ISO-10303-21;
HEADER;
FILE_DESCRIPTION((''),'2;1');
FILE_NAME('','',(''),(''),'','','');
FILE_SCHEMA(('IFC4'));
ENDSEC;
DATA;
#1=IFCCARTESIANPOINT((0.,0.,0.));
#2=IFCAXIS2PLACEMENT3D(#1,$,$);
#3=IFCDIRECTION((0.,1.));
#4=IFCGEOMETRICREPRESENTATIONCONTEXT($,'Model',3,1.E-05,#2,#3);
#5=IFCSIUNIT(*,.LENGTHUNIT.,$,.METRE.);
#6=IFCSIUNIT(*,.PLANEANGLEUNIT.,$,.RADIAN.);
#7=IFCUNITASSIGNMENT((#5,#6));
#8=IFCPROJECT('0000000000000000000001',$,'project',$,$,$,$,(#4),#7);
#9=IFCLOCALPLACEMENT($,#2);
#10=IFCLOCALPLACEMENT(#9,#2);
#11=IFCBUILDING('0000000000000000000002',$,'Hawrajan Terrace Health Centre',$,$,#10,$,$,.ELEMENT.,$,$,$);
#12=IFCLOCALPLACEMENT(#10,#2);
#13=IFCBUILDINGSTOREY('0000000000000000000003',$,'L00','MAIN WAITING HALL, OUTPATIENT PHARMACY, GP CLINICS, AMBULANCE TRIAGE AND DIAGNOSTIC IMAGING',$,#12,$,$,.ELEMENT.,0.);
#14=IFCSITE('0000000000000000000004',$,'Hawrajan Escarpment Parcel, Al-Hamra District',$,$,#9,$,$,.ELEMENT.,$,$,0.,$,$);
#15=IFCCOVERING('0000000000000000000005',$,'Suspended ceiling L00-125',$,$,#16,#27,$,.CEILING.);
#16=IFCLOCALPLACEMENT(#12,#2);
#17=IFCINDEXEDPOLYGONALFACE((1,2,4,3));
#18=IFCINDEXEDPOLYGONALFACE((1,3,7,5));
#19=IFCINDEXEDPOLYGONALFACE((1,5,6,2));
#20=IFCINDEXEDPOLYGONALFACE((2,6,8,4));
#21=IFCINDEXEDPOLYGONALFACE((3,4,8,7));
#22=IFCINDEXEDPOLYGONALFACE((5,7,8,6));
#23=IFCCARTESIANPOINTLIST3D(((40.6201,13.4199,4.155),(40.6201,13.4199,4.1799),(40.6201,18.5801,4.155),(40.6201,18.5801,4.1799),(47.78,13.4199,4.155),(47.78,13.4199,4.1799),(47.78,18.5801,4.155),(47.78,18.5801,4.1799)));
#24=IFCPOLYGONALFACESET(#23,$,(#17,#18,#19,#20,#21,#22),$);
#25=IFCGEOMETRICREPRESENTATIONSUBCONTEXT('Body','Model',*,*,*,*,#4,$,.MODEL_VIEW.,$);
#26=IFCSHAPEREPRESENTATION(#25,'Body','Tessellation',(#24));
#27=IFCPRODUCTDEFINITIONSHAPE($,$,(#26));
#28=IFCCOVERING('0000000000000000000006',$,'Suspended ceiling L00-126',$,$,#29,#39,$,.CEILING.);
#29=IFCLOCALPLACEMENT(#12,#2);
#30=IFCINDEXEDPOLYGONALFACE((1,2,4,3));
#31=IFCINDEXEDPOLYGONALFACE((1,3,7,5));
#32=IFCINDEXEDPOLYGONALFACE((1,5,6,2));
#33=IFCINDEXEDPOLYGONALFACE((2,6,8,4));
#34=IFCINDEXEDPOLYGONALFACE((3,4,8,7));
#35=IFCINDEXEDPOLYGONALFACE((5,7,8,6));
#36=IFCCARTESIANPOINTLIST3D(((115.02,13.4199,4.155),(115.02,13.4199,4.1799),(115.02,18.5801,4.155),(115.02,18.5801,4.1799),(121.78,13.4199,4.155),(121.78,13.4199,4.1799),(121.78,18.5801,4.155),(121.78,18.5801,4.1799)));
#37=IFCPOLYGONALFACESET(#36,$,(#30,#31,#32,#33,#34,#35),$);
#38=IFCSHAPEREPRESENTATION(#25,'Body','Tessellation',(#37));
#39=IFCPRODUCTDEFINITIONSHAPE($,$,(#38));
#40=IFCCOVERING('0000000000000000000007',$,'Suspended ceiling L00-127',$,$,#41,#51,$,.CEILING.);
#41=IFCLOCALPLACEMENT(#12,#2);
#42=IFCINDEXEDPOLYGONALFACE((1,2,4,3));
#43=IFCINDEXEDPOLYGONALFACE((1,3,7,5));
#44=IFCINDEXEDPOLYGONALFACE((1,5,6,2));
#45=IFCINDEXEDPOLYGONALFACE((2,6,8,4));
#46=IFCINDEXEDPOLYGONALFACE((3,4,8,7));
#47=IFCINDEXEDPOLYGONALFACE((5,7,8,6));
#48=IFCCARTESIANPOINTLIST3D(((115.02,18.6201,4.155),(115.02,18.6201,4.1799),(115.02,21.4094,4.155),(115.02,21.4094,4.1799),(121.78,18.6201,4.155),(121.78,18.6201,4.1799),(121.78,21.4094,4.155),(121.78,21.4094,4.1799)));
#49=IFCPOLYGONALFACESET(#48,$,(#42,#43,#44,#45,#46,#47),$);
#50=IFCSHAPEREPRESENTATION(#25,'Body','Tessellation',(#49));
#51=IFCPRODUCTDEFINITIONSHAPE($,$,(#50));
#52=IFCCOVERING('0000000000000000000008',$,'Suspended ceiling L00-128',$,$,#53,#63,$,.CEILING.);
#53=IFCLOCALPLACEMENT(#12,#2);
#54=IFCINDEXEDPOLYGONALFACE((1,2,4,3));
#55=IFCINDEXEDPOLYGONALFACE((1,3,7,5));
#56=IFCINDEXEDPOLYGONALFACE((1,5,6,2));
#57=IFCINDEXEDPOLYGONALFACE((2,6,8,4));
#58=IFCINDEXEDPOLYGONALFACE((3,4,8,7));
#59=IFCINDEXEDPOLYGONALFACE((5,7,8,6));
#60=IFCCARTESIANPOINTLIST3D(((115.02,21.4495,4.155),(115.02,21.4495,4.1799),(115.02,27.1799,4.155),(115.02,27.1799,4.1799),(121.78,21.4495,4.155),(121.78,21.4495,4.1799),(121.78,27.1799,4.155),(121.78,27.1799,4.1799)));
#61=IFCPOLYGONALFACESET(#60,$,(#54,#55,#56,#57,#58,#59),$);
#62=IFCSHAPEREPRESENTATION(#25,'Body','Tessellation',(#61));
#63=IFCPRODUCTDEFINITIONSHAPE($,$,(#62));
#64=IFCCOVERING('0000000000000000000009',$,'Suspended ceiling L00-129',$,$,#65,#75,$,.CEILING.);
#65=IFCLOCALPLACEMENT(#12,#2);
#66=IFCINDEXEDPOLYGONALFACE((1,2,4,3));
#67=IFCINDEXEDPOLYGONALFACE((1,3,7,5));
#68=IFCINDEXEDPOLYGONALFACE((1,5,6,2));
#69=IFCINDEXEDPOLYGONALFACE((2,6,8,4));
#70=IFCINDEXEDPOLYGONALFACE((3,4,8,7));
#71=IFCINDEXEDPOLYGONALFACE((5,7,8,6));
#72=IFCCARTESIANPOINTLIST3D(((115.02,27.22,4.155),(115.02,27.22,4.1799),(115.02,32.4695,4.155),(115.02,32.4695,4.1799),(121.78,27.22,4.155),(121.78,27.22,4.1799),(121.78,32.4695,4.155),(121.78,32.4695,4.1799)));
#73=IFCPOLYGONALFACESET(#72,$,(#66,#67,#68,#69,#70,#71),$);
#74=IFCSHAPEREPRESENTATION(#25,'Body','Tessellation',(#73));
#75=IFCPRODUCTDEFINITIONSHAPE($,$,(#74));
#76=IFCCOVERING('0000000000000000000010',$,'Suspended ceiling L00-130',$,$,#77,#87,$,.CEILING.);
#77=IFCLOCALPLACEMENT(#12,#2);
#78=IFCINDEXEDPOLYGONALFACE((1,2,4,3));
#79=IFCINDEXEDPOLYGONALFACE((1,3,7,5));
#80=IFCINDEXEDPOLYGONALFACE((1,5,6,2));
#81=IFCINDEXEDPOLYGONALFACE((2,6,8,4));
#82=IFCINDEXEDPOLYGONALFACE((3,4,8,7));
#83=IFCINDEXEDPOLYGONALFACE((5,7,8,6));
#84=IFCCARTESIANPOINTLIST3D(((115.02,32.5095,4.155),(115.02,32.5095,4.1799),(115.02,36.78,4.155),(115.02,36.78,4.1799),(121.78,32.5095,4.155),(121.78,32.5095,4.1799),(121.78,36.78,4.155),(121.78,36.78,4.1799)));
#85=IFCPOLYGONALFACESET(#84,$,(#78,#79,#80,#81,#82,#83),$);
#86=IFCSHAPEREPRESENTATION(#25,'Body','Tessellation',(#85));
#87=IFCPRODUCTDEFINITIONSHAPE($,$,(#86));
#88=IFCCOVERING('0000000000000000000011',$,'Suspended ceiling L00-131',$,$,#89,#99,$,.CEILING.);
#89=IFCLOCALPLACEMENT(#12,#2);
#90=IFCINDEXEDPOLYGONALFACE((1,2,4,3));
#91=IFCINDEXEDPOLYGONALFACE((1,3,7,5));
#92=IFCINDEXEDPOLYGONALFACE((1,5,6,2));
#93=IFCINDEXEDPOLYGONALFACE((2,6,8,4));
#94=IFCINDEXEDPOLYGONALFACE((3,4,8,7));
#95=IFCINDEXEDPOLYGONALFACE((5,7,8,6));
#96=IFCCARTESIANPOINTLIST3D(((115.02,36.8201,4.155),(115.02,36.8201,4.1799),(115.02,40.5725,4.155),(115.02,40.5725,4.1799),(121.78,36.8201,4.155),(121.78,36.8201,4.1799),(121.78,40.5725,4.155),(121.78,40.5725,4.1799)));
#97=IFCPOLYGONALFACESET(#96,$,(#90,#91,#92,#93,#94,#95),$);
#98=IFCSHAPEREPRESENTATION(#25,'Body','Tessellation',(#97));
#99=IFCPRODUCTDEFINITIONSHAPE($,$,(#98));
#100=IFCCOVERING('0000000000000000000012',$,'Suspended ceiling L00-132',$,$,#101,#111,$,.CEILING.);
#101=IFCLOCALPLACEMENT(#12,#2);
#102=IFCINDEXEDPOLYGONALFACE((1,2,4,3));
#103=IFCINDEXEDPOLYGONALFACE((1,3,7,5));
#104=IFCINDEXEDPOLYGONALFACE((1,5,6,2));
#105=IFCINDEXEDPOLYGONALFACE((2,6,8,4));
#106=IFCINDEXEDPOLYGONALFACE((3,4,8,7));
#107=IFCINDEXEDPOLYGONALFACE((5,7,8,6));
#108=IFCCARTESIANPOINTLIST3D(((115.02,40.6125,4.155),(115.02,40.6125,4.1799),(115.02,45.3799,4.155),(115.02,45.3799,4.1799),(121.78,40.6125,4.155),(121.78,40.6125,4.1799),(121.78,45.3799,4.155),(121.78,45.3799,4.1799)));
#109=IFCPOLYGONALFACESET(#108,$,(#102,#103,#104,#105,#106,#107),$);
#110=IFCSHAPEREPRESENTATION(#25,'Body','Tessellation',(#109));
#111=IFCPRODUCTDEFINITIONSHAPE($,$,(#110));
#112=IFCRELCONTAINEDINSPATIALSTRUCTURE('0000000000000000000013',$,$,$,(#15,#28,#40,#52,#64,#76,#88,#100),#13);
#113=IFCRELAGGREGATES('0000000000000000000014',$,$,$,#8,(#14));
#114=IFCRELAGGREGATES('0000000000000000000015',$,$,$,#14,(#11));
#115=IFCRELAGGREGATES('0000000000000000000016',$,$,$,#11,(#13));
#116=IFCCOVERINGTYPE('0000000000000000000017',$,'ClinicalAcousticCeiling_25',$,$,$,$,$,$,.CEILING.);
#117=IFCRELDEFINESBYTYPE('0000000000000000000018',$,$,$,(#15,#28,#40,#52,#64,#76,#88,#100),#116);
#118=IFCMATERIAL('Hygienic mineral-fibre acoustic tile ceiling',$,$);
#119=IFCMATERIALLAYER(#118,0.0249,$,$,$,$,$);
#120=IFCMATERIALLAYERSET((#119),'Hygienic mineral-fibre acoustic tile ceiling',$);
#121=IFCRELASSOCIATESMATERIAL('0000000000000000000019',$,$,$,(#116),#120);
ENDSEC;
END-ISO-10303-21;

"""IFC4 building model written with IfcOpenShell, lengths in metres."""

from ifc_helpers import new_model, si_unit, direction, frame, origin, place, context, subcontext, project, spatial, polyline, outline, extrude, material, layer, layer_set, type_object, element, save


model = new_model("IFC4")

# Units and contexts
model_context = context("Model", 3, precision=1e-05, world=origin(), true_north=direction((0.0, 1.0)))
body_context = subcontext(model_context, "Body", "Model", "MODEL_VIEW")
ifc_project = project(units=[si_unit("LENGTHUNIT", "METRE"), si_unit("PLANEANGLEUNIT", "RADIAN")], contexts=[model_context])

# Site, building, storey
site_placement = place(None, origin())
site = spatial("IfcSite", under=ifc_project, at=site_placement, Name="Hawrajan Escarpment Parcel, Al-Hamra District", CompositionType="ELEMENT", RefElevation=0.0)
building_placement = place(site_placement, origin())
building = spatial("IfcBuilding", under=site, at=building_placement, Name="Hawrajan Terrace Health Centre", CompositionType="ELEMENT")
storey_placement = place(building_placement, origin())
storey = spatial("IfcBuildingStorey", under=building, at=storey_placement, Name="L00", Description="MAIN WAITING HALL, OUTPATIENT PHARMACY, GP CLINICS, AMBULANCE TRIAGE AND DIAGNOSTIC IMAGING", CompositionType="ELEMENT", Elevation=0.0)

# Coverings
ifc_material = material(Name="Hygienic mineral-fibre acoustic tile ceiling")
ifc_layer = layer(ifc_material, 0.0249)
ifc_layer_set = layer_set([ifc_layer], Name="Hygienic mineral-fibre acoustic tile ceiling")
covering_type = type_object("IfcCoveringType", Name="ClinicalAcousticCeiling_25", PredefinedType="CEILING", material=ifc_layer_set)
covering_1_placement = place(storey_placement, frame((0.0, 0.0, 4.155)))
element("IfcCovering", 1, at=covering_1_placement, inside=storey, type_object=covering_type, Name="Suspended ceiling L00-125", PredefinedType="CEILING", context=body_context, shape_type="SweptSolid", body=[
    extrude(outline(polyline([(40.6201, 18.5801), (47.78, 18.5801), (47.78, 13.4199), (40.6201, 13.4199), (40.6201, 18.5801)])), origin(), (0.0, 0.0, 1.0), 0.0249),
])
covering_2_placement = place(storey_placement, frame((0.0, 0.0, 4.155)))
element("IfcCovering", 2, at=covering_2_placement, inside=storey, type_object=covering_type, Name="Suspended ceiling L00-126", PredefinedType="CEILING", context=body_context, shape_type="SweptSolid", body=[
    extrude(outline(polyline([(115.02, 18.5801), (121.78, 18.5801), (121.78, 13.4199), (115.02, 13.4199), (115.02, 18.5801)])), origin(), (0.0, 0.0, 1.0), 0.0249),
])
covering_3_placement = place(storey_placement, frame((0.0, 0.0, 4.155)))
element("IfcCovering", 3, at=covering_3_placement, inside=storey, type_object=covering_type, Name="Suspended ceiling L00-127", PredefinedType="CEILING", context=body_context, shape_type="SweptSolid", body=[
    extrude(outline(polyline([(115.02, 21.4094), (121.78, 21.4094), (121.78, 18.6201), (115.02, 18.6201), (115.02, 21.4094)])), origin(), (0.0, 0.0, 1.0), 0.0249),
])
covering_4_placement = place(storey_placement, frame((0.0, 0.0, 4.155)))
element("IfcCovering", 4, at=covering_4_placement, inside=storey, type_object=covering_type, Name="Suspended ceiling L00-128", PredefinedType="CEILING", context=body_context, shape_type="SweptSolid", body=[
    extrude(outline(polyline([(115.02, 27.1799), (121.78, 27.1799), (121.78, 21.4495), (115.02, 21.4495), (115.02, 27.1799)])), origin(), (0.0, 0.0, 1.0), 0.0249),
])
covering_5_placement = place(storey_placement, frame((0.0, 0.0, 4.155)))
element("IfcCovering", 5, at=covering_5_placement, inside=storey, type_object=covering_type, Name="Suspended ceiling L00-129", PredefinedType="CEILING", context=body_context, shape_type="SweptSolid", body=[
    extrude(outline(polyline([(115.02, 32.4695), (121.78, 32.4695), (121.78, 27.22), (115.02, 27.22), (115.02, 32.4695)])), origin(), (0.0, 0.0, 1.0), 0.0249),
])
covering_6_placement = place(storey_placement, frame((0.0, 0.0, 4.155)))
element("IfcCovering", 6, at=covering_6_placement, inside=storey, type_object=covering_type, Name="Suspended ceiling L00-130", PredefinedType="CEILING", context=body_context, shape_type="SweptSolid", body=[
    extrude(outline(polyline([(115.02, 36.78), (121.78, 36.78), (121.78, 32.5095), (115.02, 32.5095), (115.02, 36.78)])), origin(), (0.0, 0.0, 1.0), 0.0249),
])
covering_7_placement = place(storey_placement, frame((0.0, 0.0, 4.155)))
element("IfcCovering", 7, at=covering_7_placement, inside=storey, type_object=covering_type, Name="Suspended ceiling L00-131", PredefinedType="CEILING", context=body_context, shape_type="SweptSolid", body=[
    extrude(outline(polyline([(115.02, 40.5725), (121.78, 40.5725), (121.78, 36.8201), (115.02, 36.8201), (115.02, 40.5725)])), origin(), (0.0, 0.0, 1.0), 0.0249),
])
covering_8_placement = place(storey_placement, frame((0.0, 0.0, 4.155)))
element("IfcCovering", 8, at=covering_8_placement, inside=storey, type_object=covering_type, Name="Suspended ceiling L00-132", PredefinedType="CEILING", context=body_context, shape_type="SweptSolid", body=[
    extrude(outline(polyline([(115.02, 45.3799), (121.78, 45.3799), (121.78, 40.6125), (115.02, 40.6125), (115.02, 45.3799)])), origin(), (0.0, 0.0, 1.0), 0.0249),
])

save(model, "model.ifc")
